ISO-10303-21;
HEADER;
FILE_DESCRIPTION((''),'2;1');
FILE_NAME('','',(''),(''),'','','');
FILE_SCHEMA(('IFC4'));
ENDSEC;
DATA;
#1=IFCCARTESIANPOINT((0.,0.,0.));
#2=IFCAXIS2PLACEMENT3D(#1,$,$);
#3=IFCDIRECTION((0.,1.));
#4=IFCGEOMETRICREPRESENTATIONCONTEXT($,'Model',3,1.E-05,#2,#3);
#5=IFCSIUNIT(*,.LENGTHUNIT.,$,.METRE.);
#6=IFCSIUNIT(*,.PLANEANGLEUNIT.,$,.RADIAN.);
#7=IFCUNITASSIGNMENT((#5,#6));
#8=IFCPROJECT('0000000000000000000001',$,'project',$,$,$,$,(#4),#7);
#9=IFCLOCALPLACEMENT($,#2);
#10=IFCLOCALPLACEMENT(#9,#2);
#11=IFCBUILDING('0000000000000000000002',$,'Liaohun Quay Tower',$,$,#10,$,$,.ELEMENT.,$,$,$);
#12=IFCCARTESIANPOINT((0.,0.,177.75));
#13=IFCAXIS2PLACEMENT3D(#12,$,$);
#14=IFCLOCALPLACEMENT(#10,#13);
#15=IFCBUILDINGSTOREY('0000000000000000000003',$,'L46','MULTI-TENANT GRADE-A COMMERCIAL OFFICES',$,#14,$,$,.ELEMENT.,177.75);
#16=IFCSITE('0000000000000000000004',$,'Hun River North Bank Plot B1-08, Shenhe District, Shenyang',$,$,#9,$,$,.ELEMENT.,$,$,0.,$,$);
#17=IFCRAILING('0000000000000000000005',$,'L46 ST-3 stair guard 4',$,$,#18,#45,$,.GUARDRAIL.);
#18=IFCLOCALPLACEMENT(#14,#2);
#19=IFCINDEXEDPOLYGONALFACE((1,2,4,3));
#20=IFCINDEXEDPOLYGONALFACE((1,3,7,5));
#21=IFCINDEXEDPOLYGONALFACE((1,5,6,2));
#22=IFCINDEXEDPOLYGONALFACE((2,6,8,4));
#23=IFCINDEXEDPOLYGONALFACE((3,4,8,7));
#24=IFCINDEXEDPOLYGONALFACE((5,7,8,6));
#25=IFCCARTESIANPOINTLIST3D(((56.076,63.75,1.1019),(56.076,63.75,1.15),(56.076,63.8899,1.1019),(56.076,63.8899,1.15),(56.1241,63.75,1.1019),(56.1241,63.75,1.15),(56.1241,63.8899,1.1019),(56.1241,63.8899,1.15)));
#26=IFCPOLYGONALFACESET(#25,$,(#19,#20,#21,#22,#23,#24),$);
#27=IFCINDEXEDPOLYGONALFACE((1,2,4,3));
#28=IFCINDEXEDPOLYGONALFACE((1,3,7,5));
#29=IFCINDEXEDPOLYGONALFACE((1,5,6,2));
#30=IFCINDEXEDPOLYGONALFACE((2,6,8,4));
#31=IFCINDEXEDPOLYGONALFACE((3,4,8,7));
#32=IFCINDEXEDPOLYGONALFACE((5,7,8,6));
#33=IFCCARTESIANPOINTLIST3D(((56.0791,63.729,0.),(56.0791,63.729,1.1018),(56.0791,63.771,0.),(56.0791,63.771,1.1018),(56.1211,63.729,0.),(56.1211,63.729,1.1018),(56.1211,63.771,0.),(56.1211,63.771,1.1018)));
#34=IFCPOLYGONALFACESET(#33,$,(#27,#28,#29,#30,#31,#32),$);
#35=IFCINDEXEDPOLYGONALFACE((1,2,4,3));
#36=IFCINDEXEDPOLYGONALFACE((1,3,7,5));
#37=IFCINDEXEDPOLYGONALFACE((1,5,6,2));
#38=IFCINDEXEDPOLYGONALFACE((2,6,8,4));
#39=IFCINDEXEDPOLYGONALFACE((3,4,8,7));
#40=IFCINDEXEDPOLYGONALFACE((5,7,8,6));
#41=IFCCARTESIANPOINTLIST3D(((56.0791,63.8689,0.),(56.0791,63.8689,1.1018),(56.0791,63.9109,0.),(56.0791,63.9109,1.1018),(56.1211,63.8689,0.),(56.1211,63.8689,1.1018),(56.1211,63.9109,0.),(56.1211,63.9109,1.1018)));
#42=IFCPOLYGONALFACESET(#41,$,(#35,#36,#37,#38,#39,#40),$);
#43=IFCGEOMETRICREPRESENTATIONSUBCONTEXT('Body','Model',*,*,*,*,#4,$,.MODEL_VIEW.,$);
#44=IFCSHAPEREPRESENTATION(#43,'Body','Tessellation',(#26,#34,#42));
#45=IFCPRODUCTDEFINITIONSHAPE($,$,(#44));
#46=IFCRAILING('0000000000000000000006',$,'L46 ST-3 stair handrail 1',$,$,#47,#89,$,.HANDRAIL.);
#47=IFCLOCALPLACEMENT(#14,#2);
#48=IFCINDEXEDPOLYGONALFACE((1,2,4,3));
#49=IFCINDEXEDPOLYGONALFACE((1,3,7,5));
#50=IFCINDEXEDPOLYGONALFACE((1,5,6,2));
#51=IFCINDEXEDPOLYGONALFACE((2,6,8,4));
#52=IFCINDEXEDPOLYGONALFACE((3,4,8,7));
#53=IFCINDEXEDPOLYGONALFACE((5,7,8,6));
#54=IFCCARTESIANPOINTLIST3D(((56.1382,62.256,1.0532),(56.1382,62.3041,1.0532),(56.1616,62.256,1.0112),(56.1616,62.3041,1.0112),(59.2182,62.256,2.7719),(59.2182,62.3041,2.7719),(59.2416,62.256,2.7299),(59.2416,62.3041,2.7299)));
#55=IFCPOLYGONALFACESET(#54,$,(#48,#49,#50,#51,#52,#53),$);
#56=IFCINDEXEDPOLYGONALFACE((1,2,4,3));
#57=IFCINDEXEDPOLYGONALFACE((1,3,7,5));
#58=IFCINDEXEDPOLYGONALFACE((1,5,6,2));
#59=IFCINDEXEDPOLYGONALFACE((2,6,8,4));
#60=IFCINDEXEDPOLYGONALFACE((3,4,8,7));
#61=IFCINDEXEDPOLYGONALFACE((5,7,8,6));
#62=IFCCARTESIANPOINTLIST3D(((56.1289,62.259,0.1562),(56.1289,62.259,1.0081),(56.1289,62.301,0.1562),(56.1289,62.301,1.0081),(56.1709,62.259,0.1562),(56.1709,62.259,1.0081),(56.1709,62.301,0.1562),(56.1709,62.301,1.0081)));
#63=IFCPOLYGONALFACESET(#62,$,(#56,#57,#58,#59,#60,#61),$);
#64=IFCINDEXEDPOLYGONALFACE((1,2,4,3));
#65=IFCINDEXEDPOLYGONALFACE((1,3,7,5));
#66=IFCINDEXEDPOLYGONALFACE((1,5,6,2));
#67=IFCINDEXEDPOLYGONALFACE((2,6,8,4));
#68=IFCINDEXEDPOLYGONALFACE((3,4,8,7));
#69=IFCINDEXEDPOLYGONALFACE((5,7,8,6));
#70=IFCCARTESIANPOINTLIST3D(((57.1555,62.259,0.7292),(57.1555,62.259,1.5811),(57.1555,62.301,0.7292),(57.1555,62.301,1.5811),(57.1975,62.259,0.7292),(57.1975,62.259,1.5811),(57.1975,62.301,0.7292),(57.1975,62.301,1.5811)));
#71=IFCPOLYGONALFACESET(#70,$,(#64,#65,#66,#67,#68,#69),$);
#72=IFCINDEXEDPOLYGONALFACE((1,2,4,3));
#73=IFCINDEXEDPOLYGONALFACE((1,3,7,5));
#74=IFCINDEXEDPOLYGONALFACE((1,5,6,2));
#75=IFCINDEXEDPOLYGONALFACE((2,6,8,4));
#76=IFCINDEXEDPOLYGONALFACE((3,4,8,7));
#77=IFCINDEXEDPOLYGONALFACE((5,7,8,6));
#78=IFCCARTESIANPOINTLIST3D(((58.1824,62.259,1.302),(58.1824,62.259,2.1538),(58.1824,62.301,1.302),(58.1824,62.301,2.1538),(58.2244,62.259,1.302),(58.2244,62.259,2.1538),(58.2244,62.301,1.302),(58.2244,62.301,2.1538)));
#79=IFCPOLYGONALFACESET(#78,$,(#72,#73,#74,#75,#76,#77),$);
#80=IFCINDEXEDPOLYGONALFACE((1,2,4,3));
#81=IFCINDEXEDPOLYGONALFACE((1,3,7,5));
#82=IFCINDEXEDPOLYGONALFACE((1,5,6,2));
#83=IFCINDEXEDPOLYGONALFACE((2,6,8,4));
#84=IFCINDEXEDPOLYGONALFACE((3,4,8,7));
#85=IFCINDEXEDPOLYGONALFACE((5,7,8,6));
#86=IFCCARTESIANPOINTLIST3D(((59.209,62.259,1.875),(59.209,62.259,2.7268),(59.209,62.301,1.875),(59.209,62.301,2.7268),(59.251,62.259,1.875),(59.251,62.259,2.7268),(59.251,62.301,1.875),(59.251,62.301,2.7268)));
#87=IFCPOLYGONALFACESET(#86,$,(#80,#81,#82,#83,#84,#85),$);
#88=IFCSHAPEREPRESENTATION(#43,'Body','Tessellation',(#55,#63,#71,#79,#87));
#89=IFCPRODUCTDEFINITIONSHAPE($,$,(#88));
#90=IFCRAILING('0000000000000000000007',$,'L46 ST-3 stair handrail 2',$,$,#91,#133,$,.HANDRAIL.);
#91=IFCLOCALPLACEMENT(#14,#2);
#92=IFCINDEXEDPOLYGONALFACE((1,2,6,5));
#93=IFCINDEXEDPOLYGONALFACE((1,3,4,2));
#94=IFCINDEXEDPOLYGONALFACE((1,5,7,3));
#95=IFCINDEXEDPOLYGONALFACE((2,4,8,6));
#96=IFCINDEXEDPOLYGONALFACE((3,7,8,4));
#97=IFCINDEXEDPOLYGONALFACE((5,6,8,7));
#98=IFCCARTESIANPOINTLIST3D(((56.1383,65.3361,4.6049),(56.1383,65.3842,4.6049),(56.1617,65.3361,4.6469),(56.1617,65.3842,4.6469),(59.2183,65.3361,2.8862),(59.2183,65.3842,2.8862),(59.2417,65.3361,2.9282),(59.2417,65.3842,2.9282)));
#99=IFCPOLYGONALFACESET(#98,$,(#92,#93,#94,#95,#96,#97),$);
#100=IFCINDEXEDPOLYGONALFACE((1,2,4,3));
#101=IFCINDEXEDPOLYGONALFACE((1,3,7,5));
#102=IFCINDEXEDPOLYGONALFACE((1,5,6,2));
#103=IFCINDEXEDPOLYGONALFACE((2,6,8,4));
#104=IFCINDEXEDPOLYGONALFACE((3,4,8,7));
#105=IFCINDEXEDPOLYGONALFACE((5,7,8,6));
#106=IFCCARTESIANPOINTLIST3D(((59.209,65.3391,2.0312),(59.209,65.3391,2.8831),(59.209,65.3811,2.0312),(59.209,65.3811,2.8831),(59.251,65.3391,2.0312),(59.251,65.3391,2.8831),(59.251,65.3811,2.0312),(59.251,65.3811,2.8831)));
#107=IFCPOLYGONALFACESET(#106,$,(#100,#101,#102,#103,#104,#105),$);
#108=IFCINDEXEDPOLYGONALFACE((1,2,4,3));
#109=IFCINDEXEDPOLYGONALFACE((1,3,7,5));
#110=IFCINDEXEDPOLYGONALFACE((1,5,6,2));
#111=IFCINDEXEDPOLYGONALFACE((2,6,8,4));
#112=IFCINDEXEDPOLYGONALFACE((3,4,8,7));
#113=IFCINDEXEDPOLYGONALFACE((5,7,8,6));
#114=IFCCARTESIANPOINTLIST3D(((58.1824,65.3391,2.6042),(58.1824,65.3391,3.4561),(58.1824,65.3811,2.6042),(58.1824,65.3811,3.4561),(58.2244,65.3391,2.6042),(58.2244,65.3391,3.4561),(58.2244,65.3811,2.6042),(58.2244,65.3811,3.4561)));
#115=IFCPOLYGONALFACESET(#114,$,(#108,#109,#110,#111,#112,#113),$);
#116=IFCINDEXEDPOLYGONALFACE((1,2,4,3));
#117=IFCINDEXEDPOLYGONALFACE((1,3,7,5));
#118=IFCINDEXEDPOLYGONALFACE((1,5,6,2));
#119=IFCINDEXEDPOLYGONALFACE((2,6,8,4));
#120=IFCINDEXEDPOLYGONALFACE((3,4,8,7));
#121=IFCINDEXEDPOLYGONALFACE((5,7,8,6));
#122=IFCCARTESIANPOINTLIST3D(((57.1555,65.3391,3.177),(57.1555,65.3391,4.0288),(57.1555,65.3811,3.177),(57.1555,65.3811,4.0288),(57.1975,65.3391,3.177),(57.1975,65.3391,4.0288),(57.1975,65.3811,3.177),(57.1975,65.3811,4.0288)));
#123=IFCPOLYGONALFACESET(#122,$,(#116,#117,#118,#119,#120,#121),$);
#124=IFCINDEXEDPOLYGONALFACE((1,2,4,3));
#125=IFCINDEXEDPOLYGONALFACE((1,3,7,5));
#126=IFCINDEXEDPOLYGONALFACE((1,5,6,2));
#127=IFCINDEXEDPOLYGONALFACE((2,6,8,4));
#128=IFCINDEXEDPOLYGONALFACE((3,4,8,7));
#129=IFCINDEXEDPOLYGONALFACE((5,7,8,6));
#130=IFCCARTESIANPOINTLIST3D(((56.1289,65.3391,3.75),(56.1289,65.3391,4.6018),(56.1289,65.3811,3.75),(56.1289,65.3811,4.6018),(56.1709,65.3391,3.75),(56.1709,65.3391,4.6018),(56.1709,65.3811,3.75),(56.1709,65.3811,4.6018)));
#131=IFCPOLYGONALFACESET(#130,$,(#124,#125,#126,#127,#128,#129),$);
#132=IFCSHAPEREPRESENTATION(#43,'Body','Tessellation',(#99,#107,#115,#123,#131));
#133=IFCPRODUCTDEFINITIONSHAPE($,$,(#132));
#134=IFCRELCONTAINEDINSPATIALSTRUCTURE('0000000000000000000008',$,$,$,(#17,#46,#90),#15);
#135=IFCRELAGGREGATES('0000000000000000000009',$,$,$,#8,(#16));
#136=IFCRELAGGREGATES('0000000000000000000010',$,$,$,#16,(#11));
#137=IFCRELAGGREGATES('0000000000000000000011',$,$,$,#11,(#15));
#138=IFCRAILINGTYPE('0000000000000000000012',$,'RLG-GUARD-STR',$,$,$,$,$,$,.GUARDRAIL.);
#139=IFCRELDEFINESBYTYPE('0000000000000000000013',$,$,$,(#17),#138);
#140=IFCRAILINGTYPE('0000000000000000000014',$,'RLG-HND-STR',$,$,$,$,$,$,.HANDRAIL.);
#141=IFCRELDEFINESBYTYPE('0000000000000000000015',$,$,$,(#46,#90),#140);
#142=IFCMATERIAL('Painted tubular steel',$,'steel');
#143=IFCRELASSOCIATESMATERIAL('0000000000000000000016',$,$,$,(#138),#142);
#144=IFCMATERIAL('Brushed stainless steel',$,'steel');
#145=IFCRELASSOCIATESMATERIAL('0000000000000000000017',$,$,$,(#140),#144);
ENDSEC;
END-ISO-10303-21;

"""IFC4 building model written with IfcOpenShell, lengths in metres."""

from ifc_helpers import new_model, si_unit, direction, frame, origin, origin_2d, place, context, subcontext, project, spatial, rectangle, extrude, material, type_object, element, save


model = new_model("IFC4")

# Units and contexts
model_context = context("Model", 3, precision=1e-05, world=origin(), true_north=direction((0.0, 1.0)))
body_context = subcontext(model_context, "Body", "Model", "MODEL_VIEW")
ifc_project = project(units=[si_unit("LENGTHUNIT", "METRE"), si_unit("PLANEANGLEUNIT", "RADIAN")], contexts=[model_context])

# Site, building, storey
site_placement = place(None, origin())
site = spatial("IfcSite", under=ifc_project, at=site_placement, Name="Hun River North Bank Plot B1-08, Shenhe District, Shenyang", CompositionType="ELEMENT", RefElevation=0.0)
building_placement = place(site_placement, origin())
building = spatial("IfcBuilding", under=site, at=building_placement, Name="Liaohun Quay Tower", CompositionType="ELEMENT")
storey_placement = place(building_placement, frame((0.0, 0.0, 177.75)))
storey = spatial("IfcBuildingStorey", under=building, at=storey_placement, Name="L46", Description="MULTI-TENANT GRADE-A COMMERCIAL OFFICES", CompositionType="ELEMENT", Elevation=177.75)

# Railings
ifc_material_1 = material(Name="Painted tubular steel", Category="steel")
railing_type_1 = type_object("IfcRailingType", Name="RLG-GUARD-STR", PredefinedType="GUARDRAIL", material=ifc_material_1)
railing_1_placement = place(storey_placement, frame((56.1001, 63.75, 0.0)))
element("IfcRailing", 1, at=railing_1_placement, inside=storey, type_object=railing_type_1, Name="L46 ST-3 stair guard 4", PredefinedType="GUARDRAIL", context=body_context, shape_type="SweptSolid", body=[
    extrude(rectangle(XDim=0.0481, YDim=0.0481, at=origin_2d()), frame((0.0, 0.0, 1.126), z_axis=(0.0, 1.0, 0.0), x_axis=(-1.0, 0.0, 0.0)), (0.0, 0.0, 1.0), 0.1399),
    extrude(rectangle(XDim=0.042, YDim=0.042, at=origin_2d()), origin(), (0.0, 0.0, 1.0), 1.1018),
    extrude(rectangle(XDim=0.042, YDim=0.042, at=origin_2d()), frame((0.0, 0.1399, 0.0)), (0.0, 0.0, 1.0), 1.1018),
])
ifc_material_2 = material(Name="Brushed stainless steel", Category="steel")
railing_type_2 = type_object("IfcRailingType", Name="RLG-HND-STR", PredefinedType="HANDRAIL", material=ifc_material_2)
railing_2_placement = place(storey_placement, frame((56.1499, 62.28, 0.1562)))
element("IfcRailing", 2, at=railing_2_placement, inside=storey, type_object=railing_type_2, Name="L46 ST-3 stair handrail 1", PredefinedType="HANDRAIL", context=body_context, shape_type="SweptSolid", body=[
    extrude(rectangle(XDim=0.0481, YDim=0.0481, at=origin_2d()), frame((0.0, 0.0, 0.876), z_axis=(0.873242, 0.0, 0.487288), x_axis=(0.0, 1.0, 0.0)), (0.0, 0.0, 1.0), 3.5271),
    extrude(rectangle(XDim=0.042, YDim=0.042, at=origin_2d()), origin(), (0.0, 0.0, 1.0), 0.8518),
    extrude(rectangle(XDim=0.042, YDim=0.042, at=origin_2d()), frame((1.0266, 0.0, 0.573)), (0.0, 0.0, 1.0), 0.8518),
    extrude(rectangle(XDim=0.042, YDim=0.042, at=origin_2d()), frame((2.0535, 0.0, 1.1458)), (0.0, 0.0, 1.0), 0.8518),
    extrude(rectangle(XDim=0.042, YDim=0.042, at=origin_2d()), frame((3.0801, 0.0, 1.7188)), (0.0, 0.0, 1.0), 0.8518),
])
railing_3_placement = place(storey_placement, frame((59.23, 65.3601, 2.0312)))
element("IfcRailing", 3, at=railing_3_placement, inside=storey, type_object=railing_type_2, Name="L46 ST-3 stair handrail 2", PredefinedType="HANDRAIL", context=body_context, shape_type="SweptSolid", body=[
    extrude(rectangle(XDim=0.0481, YDim=0.0481, at=origin_2d()), frame((0.0, 0.0, 0.876), z_axis=(-0.873242, 0.0, 0.487288), x_axis=(0.0, -1.0, 0.0)), (0.0, 0.0, 1.0), 3.5271),
    extrude(rectangle(XDim=0.042, YDim=0.042, at=origin_2d()), origin(), (0.0, 0.0, 1.0), 0.8518),
    extrude(rectangle(XDim=0.042, YDim=0.042, at=origin_2d()), frame((-1.0266, 0.0, 0.573)), (0.0, 0.0, 1.0), 0.8518),
    extrude(rectangle(XDim=0.042, YDim=0.042, at=origin_2d()), frame((-2.0535, 0.0, 1.1458)), (0.0, 0.0, 1.0), 0.8518),
    extrude(rectangle(XDim=0.042, YDim=0.042, at=origin_2d()), frame((-3.0801, 0.0, 1.7188)), (0.0, 0.0, 1.0), 0.8518),
])

save(model, "model.ifc")
